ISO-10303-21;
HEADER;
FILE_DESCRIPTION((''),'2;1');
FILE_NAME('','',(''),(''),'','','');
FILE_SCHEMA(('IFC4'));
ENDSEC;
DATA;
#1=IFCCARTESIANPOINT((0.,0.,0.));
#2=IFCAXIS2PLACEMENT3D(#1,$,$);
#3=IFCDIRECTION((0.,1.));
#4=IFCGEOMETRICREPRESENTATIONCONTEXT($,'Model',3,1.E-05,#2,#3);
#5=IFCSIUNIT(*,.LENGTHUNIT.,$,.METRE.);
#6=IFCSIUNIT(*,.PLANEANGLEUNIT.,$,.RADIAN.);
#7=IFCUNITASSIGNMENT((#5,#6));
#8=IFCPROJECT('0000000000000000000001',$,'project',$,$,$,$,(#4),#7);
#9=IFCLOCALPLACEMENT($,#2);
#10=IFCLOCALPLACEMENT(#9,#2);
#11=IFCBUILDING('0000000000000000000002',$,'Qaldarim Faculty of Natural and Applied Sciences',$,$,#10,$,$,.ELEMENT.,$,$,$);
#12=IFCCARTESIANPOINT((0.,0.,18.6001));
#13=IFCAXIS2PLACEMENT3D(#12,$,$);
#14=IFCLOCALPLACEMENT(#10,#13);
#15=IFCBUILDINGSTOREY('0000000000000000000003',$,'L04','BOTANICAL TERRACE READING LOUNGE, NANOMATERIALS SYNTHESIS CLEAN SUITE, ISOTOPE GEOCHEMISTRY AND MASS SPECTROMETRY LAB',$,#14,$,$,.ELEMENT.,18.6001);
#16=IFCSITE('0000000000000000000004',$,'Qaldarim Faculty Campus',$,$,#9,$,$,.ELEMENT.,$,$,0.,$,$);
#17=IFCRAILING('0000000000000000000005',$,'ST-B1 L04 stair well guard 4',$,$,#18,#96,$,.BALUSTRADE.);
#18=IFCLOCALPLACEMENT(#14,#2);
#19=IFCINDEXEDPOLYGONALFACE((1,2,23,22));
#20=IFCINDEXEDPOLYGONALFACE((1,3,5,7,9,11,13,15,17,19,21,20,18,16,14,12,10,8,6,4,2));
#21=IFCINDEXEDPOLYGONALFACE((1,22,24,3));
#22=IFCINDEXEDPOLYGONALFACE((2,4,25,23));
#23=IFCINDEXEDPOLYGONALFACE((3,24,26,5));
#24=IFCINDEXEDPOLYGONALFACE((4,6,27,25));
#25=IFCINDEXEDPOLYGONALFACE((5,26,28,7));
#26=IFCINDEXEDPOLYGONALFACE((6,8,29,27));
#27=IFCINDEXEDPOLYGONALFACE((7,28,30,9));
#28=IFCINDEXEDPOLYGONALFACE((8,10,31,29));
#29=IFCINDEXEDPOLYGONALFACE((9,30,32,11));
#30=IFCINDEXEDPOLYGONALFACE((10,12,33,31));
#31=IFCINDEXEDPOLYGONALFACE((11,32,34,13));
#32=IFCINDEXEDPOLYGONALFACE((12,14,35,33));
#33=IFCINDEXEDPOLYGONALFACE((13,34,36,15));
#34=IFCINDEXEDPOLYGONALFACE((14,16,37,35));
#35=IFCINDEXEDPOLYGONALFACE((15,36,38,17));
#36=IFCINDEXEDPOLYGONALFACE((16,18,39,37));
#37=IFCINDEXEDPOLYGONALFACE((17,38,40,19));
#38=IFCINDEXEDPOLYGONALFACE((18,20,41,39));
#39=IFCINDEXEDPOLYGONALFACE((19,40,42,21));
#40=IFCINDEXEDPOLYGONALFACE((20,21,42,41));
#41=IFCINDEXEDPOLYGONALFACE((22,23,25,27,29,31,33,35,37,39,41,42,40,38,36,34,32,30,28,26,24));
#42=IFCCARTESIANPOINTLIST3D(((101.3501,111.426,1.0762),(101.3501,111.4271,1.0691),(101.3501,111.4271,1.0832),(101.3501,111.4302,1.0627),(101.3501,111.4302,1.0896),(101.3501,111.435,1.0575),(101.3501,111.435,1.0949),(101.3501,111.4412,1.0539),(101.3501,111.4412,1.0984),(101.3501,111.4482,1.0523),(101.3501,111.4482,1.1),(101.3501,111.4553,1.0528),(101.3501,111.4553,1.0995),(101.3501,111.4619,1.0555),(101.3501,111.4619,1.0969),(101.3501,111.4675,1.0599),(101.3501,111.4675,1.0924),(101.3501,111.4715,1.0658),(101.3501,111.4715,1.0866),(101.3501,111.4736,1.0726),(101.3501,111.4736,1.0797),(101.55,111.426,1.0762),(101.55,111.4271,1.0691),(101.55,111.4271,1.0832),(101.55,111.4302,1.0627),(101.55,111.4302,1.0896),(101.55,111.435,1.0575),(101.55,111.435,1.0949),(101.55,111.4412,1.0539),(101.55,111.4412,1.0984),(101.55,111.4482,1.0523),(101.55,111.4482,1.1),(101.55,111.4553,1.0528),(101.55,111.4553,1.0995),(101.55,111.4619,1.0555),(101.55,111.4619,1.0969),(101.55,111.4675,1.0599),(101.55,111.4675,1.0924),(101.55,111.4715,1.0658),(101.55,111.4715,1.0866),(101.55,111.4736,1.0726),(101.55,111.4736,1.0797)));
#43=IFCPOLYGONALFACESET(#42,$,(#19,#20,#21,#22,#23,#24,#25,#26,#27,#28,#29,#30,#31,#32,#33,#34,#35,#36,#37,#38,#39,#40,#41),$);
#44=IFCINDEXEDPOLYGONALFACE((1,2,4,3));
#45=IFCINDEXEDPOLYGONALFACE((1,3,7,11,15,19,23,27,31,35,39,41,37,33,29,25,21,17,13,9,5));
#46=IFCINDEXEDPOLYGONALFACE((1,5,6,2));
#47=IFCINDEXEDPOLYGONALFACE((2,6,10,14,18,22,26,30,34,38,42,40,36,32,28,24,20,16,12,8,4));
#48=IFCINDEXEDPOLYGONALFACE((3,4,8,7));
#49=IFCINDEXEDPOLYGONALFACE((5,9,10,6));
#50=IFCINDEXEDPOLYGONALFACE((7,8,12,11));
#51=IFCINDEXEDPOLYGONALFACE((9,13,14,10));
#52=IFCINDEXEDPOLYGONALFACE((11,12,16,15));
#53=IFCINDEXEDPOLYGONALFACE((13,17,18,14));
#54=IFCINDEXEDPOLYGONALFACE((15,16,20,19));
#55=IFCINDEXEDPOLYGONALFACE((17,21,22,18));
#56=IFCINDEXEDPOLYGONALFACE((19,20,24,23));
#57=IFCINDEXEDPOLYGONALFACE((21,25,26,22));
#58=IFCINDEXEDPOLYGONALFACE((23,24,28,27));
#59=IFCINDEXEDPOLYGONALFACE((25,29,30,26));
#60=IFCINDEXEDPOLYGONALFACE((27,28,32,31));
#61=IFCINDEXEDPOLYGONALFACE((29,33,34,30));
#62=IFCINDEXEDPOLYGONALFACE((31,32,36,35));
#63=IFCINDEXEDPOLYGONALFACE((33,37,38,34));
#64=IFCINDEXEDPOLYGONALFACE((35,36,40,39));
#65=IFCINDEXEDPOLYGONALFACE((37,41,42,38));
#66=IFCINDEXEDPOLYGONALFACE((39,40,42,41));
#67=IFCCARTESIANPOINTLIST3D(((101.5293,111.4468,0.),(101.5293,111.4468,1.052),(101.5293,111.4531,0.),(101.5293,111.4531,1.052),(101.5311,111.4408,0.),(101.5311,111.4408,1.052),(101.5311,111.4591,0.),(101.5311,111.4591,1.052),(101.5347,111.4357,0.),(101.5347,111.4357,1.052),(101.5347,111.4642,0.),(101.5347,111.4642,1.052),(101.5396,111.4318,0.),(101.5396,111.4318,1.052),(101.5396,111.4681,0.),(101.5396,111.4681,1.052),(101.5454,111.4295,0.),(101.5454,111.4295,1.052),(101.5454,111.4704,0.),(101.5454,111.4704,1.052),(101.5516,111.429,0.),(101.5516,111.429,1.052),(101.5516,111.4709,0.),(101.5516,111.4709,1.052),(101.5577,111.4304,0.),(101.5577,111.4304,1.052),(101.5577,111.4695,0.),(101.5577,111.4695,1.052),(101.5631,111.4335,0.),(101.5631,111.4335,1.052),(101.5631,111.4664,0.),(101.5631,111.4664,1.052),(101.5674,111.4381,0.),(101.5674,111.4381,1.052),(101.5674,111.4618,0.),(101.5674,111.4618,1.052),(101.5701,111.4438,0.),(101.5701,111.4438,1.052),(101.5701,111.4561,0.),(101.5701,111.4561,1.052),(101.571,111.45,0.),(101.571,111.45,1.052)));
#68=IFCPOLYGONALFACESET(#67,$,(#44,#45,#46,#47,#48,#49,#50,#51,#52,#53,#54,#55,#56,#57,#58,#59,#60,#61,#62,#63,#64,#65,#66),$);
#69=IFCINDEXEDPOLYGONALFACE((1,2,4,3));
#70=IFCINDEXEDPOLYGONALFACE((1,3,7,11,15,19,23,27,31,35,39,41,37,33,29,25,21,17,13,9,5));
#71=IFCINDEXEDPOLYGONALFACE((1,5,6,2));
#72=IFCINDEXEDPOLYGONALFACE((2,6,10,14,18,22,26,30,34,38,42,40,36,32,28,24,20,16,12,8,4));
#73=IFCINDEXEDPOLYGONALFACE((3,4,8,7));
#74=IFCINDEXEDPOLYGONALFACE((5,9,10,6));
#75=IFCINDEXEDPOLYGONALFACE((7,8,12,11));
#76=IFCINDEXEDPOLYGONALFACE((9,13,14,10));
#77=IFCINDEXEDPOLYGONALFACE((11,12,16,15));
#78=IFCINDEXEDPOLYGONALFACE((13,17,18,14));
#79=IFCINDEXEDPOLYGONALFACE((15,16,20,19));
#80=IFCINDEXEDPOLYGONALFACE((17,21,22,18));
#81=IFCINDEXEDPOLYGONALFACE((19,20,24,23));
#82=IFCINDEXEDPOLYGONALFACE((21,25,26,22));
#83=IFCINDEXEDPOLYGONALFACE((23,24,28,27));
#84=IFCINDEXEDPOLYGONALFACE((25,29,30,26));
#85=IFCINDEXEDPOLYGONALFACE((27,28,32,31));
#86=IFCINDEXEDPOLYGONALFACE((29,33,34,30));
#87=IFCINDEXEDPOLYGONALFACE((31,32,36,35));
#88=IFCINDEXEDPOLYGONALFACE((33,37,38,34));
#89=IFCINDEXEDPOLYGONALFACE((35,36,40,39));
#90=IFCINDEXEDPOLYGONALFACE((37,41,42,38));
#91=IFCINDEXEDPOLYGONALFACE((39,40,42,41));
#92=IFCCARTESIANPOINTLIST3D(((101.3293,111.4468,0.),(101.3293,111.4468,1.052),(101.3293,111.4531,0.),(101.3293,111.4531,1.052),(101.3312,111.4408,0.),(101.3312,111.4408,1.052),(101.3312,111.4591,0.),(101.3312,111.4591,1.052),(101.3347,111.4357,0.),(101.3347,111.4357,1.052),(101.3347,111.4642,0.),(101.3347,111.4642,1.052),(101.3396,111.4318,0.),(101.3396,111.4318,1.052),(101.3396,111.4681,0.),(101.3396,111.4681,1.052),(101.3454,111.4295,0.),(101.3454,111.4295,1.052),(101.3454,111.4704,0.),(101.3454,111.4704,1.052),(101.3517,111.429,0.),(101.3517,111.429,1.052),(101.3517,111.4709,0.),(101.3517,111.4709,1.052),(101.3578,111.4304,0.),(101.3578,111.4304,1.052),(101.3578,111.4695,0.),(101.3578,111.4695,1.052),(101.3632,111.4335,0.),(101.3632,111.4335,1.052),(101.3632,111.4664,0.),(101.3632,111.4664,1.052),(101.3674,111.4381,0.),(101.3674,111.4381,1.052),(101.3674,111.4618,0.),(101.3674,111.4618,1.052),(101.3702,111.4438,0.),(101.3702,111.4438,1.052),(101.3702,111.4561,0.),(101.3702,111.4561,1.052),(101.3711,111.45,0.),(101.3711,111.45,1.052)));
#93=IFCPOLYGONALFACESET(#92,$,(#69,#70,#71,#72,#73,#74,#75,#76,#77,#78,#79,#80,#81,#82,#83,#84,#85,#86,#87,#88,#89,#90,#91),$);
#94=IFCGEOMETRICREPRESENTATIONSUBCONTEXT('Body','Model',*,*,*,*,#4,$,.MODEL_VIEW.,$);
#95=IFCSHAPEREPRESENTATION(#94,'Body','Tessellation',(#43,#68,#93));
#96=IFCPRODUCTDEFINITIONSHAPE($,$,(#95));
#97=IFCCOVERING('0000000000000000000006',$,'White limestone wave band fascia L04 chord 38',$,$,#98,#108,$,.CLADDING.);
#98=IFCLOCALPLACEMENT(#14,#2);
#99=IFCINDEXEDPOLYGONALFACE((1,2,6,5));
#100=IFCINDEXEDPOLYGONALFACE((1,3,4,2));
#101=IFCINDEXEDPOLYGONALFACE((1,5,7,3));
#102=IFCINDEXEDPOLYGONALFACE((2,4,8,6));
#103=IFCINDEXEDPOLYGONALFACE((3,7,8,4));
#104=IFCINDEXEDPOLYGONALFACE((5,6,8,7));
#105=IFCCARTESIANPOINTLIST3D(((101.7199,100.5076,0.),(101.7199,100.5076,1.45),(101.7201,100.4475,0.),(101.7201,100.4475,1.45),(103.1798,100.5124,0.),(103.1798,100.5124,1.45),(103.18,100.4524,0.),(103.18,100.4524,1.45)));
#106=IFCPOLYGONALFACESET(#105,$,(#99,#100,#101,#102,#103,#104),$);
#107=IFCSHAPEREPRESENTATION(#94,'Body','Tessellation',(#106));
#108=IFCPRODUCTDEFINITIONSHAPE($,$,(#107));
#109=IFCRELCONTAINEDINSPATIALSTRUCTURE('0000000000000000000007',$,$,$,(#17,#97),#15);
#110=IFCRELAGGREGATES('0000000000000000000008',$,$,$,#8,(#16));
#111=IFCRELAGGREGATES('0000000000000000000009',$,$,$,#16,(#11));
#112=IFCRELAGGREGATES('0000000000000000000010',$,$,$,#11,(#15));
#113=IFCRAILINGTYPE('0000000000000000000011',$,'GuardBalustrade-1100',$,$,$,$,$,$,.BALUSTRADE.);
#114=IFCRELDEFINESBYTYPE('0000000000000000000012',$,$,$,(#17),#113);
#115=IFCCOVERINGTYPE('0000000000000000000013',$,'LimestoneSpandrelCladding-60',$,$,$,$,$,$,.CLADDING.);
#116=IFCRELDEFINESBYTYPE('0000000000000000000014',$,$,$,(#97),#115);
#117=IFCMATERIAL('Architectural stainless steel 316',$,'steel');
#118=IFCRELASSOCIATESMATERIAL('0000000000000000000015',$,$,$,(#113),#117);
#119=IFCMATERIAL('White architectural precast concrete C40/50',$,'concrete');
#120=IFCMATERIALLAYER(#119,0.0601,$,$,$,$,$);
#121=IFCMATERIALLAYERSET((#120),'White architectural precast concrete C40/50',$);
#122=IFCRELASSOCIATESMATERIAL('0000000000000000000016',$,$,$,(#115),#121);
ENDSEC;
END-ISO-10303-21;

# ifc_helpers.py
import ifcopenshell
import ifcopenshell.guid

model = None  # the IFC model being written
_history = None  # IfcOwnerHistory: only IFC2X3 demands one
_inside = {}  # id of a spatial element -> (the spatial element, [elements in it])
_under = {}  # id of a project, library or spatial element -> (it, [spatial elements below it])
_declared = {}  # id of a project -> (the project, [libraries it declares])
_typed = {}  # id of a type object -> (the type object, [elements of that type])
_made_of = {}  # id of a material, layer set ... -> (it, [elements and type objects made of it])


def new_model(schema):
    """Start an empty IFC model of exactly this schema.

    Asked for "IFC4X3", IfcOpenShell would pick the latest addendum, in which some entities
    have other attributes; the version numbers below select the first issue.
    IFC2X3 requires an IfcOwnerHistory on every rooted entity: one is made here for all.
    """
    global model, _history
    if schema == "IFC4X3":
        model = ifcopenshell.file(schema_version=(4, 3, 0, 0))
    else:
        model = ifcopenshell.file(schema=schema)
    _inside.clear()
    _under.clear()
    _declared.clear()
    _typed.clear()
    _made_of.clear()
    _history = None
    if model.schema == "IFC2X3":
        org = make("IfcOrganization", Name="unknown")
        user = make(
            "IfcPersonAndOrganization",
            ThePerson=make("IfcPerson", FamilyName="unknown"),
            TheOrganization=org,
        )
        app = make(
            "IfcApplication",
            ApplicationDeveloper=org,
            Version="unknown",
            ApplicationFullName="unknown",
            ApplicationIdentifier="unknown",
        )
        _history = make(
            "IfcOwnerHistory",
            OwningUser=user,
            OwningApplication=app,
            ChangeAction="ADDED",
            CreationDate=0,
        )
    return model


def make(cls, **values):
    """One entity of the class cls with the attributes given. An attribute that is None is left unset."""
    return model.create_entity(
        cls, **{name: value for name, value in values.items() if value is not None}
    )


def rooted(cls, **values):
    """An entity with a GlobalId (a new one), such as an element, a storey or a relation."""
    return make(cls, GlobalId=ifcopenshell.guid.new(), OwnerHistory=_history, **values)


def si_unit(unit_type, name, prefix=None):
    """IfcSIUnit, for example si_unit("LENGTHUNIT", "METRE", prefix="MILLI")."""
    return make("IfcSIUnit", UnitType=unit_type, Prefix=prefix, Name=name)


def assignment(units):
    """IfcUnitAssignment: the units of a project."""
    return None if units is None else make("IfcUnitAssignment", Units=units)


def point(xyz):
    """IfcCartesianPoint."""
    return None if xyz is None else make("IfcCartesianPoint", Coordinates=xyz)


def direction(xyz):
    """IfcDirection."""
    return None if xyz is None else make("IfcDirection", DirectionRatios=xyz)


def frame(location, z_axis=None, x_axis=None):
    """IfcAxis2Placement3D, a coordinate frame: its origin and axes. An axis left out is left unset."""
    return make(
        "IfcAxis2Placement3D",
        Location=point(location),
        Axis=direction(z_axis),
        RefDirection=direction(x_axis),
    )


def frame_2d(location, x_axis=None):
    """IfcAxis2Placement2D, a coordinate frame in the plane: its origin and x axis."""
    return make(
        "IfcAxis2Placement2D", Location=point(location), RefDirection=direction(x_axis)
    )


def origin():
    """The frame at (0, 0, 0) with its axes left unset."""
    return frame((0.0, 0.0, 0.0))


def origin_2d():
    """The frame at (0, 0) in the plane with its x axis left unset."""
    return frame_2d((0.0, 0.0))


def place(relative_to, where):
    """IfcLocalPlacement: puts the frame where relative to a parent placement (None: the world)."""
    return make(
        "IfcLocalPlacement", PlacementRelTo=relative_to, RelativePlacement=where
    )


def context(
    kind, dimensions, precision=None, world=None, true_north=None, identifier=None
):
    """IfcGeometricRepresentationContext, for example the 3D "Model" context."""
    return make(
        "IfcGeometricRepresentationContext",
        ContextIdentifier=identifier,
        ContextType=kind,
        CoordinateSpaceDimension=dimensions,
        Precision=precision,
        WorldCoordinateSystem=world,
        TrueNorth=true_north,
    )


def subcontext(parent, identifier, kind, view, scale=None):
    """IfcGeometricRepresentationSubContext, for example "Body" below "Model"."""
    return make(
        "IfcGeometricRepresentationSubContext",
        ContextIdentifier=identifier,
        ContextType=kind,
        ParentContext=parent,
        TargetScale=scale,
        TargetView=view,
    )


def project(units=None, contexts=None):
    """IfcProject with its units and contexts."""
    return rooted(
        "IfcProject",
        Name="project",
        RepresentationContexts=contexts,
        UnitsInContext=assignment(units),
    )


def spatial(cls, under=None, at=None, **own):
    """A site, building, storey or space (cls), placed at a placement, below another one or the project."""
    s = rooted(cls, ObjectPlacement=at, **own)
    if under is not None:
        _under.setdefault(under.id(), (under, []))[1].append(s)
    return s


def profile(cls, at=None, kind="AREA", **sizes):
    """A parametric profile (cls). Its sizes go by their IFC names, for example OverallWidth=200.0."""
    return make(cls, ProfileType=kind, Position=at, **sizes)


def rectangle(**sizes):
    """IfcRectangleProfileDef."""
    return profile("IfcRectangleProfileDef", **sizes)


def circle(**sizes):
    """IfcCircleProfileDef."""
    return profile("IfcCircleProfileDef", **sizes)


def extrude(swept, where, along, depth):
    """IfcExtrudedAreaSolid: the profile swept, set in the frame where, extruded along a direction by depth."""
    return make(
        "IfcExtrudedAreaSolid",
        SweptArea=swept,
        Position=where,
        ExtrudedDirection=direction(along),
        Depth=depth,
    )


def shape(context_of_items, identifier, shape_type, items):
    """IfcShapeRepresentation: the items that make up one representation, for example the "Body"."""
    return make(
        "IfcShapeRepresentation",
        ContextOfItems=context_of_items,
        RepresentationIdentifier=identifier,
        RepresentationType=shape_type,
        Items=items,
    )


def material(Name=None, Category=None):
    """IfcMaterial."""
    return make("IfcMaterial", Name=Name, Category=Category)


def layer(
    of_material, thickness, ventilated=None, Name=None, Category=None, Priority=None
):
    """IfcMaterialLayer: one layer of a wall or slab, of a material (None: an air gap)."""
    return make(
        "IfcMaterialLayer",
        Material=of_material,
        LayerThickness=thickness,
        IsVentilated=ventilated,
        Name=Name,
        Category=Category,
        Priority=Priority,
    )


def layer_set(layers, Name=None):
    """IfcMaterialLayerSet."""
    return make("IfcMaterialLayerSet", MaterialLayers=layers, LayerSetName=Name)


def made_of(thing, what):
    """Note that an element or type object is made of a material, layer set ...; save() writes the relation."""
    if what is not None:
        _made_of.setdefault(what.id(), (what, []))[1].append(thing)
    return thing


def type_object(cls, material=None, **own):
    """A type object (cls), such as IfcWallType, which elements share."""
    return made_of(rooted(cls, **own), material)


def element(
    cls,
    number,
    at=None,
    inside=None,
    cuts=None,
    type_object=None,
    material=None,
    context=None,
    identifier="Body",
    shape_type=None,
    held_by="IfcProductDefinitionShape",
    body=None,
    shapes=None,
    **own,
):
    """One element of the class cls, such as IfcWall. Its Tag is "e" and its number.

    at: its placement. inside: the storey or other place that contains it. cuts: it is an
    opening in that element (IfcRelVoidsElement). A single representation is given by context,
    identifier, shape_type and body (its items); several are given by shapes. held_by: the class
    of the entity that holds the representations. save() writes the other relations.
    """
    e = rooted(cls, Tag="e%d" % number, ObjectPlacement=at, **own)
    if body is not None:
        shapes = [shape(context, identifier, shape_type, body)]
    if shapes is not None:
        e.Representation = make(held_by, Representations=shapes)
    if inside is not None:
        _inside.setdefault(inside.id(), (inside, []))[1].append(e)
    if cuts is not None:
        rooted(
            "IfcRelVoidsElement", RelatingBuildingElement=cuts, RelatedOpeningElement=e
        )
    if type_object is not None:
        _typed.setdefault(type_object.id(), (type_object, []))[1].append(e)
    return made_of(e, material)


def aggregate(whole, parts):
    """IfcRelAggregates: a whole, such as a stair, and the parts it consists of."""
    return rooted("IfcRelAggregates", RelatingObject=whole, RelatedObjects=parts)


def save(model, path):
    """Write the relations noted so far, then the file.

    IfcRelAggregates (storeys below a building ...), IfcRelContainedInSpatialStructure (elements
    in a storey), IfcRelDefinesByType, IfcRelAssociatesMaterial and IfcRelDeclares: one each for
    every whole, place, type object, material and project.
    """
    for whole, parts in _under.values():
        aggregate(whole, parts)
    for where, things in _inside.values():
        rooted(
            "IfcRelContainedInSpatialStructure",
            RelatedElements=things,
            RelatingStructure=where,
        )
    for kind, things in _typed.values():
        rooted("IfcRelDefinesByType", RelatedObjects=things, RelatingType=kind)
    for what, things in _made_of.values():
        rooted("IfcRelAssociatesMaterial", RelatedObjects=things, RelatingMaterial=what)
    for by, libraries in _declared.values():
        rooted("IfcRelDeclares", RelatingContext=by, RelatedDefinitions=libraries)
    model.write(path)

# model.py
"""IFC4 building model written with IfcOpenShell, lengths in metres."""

from ifc_helpers import new_model, si_unit, direction, frame, origin, origin_2d, place, context, subcontext, project, spatial, rectangle, circle, extrude, material, layer, layer_set, type_object, element, save


model = new_model("IFC4")

# Units and contexts
model_context = context("Model", 3, precision=1e-05, world=origin(), true_north=direction((0.0, 1.0)))
body_context = subcontext(model_context, "Body", "Model", "MODEL_VIEW")
ifc_project = project(units=[si_unit("LENGTHUNIT", "METRE"), si_unit("PLANEANGLEUNIT", "RADIAN")], contexts=[model_context])

# Site, building, storey
site_placement = place(None, origin())
site = spatial("IfcSite", under=ifc_project, at=site_placement, Name="Qaldarim Faculty Campus", CompositionType="ELEMENT", RefElevation=0.0)
building_placement = place(site_placement, origin())
building = spatial("IfcBuilding", under=site, at=building_placement, Name="Qaldarim Faculty of Natural and Applied Sciences", CompositionType="ELEMENT")
storey_placement = place(building_placement, frame((0.0, 0.0, 18.6001)))
storey = spatial("IfcBuildingStorey", under=building, at=storey_placement, Name="L04", Description="BOTANICAL TERRACE READING LOUNGE, NANOMATERIALS SYNTHESIS CLEAN SUITE, ISOTOPE GEOCHEMISTRY AND MASS SPECTROMETRY LAB", CompositionType="ELEMENT", Elevation=18.6001)

# Shared definitions
ifc_material_1 = material(Name="Architectural stainless steel 316", Category="steel")

# Shared definitions
ifc_material_2 = material(Name="White architectural precast concrete C40/50", Category="concrete")

# Railing
railing_type_1 = type_object("IfcRailingType", Name="GuardBalustrade-1100", PredefinedType="BALUSTRADE", material=ifc_material_1)
railing_1_placement = place(storey_placement, frame((101.55, 111.45, 0.0)))
element("IfcRailing", 1, at=railing_1_placement, inside=storey, type_object=railing_type_1, Name="ST-B1 L04 stair well guard 4", PredefinedType="BALUSTRADE", context=body_context, shape_type="SweptSolid", body=[
    extrude(circle(Radius=0.0239, at=origin_2d()), frame((0.0, 0.0, 1.0762), z_axis=(-1.0, 0.0, 0.0), x_axis=(0.0, -1.0, 0.0)), (0.0, 0.0, 1.0), 0.2),
    extrude(circle(Radius=0.021, at=origin_2d()), origin(), (0.0, 0.0, 1.0), 1.052),
    extrude(circle(Radius=0.021, at=origin_2d()), frame((-0.2, 0.0, 0.0)), (0.0, 0.0, 1.0), 1.052),
])

# Covering
ifc_layer_1 = layer(ifc_material_2, 0.0601)
ifc_layer_set_1 = layer_set([ifc_layer_1], Name="White architectural precast concrete C40/50")
covering_type = type_object("IfcCoveringType", Name="LimestoneSpandrelCladding-60", PredefinedType="CLADDING", material=ifc_layer_set_1)
covering_placement = place(storey_placement, frame((102.45, 100.48, 0.0), z_axis=(0.0, 0.0, 1.0), x_axis=(0.999994, 0.003334, 0.0)))
element("IfcCovering", 2, at=covering_placement, inside=storey, type_object=covering_type, Name="White limestone wave band fascia L04 chord 38", PredefinedType="CLADDING", context=body_context, shape_type="SweptSolid", body=[
    extrude(rectangle(XDim=1.46, YDim=0.0601, at=origin_2d()), origin(), (0.0, 0.0, 1.0), 1.45),
])

save(model, "model.ifc")
